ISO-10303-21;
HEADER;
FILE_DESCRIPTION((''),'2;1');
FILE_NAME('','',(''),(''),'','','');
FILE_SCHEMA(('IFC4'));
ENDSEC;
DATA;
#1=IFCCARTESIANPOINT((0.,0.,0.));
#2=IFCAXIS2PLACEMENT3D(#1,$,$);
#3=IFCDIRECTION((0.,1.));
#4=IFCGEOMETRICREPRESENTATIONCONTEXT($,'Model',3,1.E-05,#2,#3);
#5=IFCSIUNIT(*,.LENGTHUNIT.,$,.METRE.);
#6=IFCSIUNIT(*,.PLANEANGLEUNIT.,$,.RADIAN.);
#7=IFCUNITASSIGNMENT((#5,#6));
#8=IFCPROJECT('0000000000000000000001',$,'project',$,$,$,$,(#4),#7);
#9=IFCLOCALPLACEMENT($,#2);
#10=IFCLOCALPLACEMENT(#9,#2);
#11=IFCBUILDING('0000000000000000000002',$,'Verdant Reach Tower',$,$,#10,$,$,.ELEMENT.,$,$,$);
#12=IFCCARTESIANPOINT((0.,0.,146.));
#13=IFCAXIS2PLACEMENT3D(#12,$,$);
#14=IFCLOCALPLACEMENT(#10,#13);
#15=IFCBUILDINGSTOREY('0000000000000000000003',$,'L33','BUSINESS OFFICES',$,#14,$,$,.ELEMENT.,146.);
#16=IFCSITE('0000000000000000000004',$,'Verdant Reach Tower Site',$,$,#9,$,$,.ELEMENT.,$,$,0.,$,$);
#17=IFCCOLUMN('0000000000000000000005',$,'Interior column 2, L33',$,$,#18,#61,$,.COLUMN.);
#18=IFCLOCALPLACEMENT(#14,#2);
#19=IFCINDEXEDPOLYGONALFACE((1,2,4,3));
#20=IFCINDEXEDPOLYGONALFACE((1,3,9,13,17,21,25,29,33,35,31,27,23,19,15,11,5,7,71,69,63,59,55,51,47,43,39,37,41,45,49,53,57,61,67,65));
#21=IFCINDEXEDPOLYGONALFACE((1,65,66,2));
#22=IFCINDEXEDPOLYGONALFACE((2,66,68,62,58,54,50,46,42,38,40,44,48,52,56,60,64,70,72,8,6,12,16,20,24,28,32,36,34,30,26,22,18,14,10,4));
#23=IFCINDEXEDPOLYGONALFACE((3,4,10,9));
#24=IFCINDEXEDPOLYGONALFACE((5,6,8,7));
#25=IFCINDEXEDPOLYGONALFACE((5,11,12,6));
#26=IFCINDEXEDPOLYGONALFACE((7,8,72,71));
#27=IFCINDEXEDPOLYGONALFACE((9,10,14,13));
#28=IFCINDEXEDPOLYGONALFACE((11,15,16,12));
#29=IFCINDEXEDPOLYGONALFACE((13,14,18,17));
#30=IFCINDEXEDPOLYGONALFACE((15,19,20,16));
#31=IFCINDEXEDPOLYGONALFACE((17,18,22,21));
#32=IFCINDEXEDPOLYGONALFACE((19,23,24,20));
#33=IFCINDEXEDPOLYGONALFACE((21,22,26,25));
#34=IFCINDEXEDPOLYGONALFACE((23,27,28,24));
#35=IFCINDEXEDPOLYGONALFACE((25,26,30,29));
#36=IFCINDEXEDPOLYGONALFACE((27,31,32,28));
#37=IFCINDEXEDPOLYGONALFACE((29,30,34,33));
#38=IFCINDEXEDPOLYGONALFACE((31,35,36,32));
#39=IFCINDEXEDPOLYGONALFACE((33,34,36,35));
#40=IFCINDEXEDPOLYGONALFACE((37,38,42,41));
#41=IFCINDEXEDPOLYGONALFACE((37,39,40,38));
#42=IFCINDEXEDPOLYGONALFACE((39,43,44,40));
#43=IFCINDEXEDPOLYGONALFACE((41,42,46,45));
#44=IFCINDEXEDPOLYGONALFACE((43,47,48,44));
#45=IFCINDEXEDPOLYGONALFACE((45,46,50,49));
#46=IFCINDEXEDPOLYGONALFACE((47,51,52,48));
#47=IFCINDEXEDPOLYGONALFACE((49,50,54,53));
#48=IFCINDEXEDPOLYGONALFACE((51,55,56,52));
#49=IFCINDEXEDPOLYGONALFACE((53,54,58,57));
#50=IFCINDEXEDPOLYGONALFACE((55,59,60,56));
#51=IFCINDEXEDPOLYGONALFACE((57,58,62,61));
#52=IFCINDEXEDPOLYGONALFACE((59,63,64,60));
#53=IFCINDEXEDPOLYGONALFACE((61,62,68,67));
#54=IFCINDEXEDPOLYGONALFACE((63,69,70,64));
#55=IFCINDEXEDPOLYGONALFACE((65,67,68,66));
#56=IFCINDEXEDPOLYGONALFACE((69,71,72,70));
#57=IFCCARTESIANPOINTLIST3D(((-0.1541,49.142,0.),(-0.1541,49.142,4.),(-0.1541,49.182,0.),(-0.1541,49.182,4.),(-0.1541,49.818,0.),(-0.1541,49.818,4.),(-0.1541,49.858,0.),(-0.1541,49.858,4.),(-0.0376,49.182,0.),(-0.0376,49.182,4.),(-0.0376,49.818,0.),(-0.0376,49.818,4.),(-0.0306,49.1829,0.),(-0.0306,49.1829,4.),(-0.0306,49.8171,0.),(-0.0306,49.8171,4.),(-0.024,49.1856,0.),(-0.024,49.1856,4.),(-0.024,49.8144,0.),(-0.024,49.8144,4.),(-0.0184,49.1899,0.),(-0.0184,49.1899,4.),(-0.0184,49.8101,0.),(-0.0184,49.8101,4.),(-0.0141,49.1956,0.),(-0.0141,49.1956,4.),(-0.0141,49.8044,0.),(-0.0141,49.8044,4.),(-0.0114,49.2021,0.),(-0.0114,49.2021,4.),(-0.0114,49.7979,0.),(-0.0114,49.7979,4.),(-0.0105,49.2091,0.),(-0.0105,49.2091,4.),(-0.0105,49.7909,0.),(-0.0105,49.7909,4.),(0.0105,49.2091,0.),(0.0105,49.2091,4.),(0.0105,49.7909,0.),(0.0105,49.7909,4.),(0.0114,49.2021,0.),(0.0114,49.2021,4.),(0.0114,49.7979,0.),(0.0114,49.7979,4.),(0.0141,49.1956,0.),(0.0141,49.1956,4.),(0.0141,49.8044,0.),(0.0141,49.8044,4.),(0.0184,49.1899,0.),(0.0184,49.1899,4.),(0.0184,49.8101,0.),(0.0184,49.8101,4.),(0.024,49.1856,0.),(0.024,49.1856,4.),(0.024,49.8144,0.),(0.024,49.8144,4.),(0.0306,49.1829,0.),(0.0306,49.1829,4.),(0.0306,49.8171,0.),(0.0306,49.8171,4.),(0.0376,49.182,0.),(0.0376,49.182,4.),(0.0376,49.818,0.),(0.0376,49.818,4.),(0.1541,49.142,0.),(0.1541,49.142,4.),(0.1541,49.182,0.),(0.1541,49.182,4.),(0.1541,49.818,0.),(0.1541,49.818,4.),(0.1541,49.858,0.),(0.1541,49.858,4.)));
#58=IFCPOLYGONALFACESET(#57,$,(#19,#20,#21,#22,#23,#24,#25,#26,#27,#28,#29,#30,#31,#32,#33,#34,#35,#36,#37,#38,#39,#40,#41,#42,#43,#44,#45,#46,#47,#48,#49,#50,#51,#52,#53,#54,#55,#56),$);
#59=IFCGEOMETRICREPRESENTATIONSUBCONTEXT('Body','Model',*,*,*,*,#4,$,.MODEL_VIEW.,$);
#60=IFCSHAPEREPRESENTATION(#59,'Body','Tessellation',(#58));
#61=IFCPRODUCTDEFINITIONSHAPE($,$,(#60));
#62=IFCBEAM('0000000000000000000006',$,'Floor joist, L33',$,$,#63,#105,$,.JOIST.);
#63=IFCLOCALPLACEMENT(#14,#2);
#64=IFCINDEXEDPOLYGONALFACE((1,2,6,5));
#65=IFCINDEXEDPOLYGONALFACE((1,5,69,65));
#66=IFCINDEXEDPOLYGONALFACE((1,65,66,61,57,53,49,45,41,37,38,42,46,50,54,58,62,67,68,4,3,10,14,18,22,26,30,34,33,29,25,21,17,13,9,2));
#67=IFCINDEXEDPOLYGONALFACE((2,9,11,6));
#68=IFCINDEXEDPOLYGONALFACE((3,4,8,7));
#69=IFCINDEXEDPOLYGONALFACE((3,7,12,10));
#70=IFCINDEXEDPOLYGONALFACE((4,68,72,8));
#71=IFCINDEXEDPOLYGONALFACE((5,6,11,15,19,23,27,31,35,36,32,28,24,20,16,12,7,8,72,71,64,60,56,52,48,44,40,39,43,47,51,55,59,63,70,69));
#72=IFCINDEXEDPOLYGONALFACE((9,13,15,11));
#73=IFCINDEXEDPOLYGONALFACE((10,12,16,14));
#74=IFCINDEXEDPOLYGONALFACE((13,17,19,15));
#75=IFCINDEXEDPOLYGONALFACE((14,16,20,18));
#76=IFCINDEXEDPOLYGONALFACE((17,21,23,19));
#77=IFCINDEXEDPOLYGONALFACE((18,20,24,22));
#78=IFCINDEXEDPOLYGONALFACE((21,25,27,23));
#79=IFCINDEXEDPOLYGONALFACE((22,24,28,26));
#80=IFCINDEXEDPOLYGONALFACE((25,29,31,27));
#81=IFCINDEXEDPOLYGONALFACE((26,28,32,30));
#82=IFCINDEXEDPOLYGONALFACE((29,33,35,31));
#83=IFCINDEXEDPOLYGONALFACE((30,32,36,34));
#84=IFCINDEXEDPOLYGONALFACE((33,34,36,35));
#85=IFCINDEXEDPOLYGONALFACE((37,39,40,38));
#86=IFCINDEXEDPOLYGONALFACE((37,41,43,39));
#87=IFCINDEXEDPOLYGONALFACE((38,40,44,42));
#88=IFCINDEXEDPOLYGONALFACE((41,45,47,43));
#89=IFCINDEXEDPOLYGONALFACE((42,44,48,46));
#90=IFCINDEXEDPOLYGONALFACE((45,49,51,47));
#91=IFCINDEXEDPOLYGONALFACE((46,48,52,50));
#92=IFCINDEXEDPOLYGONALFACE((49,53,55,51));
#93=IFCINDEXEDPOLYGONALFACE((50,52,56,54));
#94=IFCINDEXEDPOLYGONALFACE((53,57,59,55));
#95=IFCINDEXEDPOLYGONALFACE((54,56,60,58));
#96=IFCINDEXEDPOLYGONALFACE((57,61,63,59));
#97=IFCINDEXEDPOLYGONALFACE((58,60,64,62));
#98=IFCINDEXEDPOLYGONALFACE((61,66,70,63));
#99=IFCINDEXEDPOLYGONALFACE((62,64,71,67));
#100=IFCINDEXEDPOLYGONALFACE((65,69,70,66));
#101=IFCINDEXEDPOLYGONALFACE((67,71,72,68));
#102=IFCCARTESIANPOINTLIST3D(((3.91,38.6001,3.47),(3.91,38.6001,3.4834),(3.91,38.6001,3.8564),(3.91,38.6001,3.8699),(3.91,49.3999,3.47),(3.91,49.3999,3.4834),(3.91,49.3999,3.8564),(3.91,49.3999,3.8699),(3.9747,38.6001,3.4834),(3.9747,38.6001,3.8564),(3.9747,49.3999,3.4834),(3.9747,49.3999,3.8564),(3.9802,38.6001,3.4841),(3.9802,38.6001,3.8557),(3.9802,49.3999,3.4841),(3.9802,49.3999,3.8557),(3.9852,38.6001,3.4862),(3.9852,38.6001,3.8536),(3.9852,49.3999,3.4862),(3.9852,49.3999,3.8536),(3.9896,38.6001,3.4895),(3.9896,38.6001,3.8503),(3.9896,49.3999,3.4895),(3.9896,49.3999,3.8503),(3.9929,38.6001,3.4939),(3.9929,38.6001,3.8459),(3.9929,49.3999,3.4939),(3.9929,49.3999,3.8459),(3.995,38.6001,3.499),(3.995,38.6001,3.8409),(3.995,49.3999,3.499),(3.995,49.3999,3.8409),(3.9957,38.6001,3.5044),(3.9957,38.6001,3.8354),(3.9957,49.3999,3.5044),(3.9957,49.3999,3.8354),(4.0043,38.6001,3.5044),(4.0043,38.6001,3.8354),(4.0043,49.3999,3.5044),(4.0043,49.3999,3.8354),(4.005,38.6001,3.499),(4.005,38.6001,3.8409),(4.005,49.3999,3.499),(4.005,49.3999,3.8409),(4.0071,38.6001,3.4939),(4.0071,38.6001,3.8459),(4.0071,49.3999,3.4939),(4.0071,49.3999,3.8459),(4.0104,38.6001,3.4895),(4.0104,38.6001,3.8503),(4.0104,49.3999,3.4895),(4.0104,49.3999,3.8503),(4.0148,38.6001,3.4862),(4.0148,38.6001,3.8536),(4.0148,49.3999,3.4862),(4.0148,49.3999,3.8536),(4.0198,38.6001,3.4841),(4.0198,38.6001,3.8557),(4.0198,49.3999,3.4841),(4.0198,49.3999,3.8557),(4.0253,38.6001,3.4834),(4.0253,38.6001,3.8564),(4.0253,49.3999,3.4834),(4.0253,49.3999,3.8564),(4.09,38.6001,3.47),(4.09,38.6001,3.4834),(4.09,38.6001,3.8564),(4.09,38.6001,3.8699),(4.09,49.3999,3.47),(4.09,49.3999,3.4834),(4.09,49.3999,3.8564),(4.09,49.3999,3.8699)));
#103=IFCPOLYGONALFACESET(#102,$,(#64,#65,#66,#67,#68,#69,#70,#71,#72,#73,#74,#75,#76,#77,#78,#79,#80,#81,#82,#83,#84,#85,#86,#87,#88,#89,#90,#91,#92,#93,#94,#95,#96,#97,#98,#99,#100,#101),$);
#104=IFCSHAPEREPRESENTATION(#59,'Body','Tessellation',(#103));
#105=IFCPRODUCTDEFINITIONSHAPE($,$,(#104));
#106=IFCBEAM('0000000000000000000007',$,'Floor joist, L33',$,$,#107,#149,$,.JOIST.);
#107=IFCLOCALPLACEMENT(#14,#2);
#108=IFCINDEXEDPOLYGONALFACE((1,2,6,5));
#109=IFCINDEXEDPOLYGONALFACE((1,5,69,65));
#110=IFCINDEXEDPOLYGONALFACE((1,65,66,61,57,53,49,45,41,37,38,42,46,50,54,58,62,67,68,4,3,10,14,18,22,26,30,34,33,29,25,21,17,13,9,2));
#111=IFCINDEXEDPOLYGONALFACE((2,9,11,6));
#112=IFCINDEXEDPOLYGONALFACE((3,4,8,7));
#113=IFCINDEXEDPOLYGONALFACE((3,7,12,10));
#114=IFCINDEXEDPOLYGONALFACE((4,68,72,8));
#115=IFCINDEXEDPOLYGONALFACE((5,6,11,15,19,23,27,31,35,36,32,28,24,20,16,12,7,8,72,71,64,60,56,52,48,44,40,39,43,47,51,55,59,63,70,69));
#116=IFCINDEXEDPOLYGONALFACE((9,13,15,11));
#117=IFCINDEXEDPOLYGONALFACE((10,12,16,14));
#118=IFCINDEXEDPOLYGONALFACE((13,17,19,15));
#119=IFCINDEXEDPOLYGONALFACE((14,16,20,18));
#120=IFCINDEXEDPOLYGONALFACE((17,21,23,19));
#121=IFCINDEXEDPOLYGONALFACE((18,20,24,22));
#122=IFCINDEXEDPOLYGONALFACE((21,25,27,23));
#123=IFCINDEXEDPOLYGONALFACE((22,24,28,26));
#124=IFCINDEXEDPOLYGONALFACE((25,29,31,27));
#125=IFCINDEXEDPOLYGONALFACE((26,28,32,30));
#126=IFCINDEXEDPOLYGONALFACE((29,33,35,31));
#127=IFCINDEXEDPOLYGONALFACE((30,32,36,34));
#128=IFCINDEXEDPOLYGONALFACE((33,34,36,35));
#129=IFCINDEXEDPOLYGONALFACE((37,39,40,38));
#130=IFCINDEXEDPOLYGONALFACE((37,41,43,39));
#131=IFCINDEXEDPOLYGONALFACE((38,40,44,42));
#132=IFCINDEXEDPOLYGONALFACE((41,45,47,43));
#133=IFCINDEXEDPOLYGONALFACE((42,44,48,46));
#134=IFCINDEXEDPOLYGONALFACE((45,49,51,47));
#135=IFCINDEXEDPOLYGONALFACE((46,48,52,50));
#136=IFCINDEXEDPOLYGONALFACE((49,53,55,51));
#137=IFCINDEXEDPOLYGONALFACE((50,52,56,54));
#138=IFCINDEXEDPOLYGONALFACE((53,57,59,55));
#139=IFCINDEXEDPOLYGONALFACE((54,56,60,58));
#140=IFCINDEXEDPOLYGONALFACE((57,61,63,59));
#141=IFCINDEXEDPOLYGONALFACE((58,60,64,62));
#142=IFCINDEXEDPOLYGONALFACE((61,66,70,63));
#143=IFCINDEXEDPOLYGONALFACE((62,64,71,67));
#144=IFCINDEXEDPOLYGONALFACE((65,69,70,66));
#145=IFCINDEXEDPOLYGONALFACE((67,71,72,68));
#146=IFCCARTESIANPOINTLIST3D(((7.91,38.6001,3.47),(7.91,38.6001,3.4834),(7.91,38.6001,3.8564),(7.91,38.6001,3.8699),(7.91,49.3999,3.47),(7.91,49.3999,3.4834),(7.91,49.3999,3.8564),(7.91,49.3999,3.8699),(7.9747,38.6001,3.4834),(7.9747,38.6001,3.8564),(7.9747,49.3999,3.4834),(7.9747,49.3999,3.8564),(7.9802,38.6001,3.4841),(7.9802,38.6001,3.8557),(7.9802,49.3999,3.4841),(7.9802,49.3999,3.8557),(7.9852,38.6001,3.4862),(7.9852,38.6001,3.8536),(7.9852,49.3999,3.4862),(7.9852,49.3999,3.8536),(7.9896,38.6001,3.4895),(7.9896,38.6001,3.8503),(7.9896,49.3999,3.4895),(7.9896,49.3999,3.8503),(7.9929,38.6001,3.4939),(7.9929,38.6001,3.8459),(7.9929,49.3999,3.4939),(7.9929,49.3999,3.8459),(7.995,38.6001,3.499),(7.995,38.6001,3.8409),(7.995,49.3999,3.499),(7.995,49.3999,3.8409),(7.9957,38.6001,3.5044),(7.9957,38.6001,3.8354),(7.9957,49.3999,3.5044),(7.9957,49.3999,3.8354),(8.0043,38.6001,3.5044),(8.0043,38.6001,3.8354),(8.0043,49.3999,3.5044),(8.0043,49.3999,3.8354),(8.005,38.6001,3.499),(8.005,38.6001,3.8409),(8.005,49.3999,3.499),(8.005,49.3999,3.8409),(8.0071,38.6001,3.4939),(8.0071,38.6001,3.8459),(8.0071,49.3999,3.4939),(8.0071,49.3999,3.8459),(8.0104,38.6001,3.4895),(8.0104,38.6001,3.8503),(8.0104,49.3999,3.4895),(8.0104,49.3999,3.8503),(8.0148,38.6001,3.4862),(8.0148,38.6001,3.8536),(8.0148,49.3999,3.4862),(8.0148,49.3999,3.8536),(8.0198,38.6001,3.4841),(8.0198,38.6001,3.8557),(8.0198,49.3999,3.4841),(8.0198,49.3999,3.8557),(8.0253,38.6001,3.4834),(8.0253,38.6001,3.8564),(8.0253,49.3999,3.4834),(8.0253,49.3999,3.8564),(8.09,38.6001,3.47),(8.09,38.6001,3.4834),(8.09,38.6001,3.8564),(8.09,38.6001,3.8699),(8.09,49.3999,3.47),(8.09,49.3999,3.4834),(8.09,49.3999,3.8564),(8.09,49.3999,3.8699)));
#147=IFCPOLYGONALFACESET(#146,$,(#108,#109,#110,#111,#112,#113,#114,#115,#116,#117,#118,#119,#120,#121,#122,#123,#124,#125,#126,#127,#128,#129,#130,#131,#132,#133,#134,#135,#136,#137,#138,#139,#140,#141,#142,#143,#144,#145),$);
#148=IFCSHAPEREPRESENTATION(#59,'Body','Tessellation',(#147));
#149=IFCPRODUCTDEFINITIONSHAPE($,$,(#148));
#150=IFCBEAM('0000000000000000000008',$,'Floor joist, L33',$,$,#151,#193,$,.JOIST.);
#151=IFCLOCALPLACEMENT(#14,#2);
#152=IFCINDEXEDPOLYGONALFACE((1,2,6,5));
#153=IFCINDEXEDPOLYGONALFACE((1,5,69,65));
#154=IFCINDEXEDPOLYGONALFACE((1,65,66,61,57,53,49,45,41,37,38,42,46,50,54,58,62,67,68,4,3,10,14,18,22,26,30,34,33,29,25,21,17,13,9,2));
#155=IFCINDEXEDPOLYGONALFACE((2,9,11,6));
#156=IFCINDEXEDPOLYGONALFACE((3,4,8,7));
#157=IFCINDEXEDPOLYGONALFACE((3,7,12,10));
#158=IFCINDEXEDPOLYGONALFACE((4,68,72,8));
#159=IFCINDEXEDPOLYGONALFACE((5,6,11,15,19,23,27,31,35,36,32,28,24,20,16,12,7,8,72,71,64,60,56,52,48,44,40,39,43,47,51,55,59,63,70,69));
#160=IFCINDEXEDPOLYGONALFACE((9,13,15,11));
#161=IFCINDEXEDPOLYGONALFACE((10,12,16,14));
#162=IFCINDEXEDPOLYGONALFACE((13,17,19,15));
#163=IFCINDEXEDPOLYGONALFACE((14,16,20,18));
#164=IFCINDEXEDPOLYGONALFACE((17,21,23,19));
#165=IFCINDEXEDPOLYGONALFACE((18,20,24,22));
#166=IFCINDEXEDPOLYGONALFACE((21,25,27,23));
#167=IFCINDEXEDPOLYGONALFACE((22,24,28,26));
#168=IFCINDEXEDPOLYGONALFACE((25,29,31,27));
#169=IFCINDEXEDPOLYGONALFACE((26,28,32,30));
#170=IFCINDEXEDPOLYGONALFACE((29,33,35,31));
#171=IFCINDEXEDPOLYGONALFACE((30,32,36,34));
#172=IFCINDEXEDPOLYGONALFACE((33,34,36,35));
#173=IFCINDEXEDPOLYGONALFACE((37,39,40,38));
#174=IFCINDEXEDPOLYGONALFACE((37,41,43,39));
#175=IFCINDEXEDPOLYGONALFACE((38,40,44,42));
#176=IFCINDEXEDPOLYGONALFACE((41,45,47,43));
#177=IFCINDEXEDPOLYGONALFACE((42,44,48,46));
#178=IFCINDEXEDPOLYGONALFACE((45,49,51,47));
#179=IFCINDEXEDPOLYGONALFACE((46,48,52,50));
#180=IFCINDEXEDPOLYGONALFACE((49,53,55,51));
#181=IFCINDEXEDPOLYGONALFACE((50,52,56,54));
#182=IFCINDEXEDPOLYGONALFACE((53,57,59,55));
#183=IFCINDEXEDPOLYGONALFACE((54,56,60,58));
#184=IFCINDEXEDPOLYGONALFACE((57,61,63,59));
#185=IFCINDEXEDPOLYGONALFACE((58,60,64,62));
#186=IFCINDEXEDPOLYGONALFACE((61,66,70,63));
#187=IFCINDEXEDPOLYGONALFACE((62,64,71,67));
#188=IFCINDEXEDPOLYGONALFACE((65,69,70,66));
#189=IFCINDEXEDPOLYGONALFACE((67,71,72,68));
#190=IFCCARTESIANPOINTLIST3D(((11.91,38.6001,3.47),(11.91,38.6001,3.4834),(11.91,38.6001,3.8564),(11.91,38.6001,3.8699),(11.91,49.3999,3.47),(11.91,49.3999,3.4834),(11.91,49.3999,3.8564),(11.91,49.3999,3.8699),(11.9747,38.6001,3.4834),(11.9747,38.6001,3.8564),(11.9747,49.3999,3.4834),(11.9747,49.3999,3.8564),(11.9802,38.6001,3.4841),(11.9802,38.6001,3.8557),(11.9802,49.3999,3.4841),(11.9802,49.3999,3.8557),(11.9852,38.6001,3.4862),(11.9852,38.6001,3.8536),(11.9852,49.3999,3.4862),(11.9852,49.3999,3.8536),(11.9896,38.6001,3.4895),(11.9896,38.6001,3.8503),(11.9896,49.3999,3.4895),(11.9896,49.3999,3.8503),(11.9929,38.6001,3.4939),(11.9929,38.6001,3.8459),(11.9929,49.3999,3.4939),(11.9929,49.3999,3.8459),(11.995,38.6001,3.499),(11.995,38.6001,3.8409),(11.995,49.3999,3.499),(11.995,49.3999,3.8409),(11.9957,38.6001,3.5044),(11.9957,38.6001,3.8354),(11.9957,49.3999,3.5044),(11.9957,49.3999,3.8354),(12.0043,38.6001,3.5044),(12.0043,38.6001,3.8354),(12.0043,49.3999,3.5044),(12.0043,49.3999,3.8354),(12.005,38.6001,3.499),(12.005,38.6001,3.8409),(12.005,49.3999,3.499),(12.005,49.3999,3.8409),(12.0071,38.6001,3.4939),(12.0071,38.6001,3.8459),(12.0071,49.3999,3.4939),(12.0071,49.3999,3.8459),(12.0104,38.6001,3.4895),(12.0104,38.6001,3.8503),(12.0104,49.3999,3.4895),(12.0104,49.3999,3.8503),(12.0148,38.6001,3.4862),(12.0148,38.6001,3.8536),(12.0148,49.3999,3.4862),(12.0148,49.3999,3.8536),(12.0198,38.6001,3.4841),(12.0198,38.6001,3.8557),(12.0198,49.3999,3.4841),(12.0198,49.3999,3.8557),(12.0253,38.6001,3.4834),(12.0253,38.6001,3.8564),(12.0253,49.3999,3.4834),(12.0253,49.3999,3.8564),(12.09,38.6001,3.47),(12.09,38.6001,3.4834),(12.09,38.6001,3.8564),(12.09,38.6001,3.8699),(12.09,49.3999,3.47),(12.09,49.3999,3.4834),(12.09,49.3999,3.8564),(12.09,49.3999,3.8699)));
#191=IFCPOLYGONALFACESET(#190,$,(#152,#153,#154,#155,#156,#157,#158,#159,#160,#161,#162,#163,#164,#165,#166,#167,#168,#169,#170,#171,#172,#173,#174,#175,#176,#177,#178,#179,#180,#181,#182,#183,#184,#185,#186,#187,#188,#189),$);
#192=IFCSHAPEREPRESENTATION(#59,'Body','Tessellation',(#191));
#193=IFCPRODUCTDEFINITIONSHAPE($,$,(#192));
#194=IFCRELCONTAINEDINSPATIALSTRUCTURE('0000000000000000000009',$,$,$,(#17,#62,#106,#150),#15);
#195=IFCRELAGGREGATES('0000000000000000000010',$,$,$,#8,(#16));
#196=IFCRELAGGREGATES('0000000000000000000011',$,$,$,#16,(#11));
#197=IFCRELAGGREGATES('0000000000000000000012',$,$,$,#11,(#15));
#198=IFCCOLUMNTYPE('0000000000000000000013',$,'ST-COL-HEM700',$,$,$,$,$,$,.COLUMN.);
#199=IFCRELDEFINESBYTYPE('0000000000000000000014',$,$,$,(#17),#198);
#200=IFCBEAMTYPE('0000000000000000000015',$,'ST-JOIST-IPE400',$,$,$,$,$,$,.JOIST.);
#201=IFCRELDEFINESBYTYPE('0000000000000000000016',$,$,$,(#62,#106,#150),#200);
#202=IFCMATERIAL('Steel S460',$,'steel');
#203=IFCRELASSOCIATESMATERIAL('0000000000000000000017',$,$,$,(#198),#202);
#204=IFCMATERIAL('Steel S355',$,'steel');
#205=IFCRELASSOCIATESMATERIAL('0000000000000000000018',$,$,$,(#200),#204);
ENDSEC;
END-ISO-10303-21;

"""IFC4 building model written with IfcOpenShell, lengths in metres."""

from ifc_helpers import new_model, si_unit, direction, frame, origin, origin_2d, place, context, subcontext, project, spatial, i_section, extrude, material, material_profile, profile_set, type_object, element, save


model = new_model("IFC4")

# Units and contexts
model_context = context("Model", 3, precision=1e-05, world=origin(), true_north=direction((0.0, 1.0)))
body_context = subcontext(model_context, "Body", "Model", "MODEL_VIEW")
ifc_project = project(units=[si_unit("LENGTHUNIT", "METRE"), si_unit("PLANEANGLEUNIT", "RADIAN")], contexts=[model_context])

# Site, building, storey
site_placement = place(None, origin())
site = spatial("IfcSite", under=ifc_project, at=site_placement, Name="Verdant Reach Tower Site", CompositionType="ELEMENT", RefElevation=0.0)
building_placement = place(site_placement, origin())
building = spatial("IfcBuilding", under=site, at=building_placement, Name="Verdant Reach Tower", CompositionType="ELEMENT")
storey_placement = place(building_placement, frame((0.0, 0.0, 146.0)))
storey = spatial("IfcBuildingStorey", under=building, at=storey_placement, Name="L33", Description="BUSINESS OFFICES", CompositionType="ELEMENT", Elevation=146.0)

# Column
ifc_material_1 = material(Name="Steel S460", Category="steel")
ifc_material_profile_1 = material_profile(ifc_material_1, i_section(OverallWidth=0.3081, OverallDepth=0.7161, WebThickness=0.021, FlangeThickness=0.04, FilletRadius=0.0271, at=origin_2d()), Name="HEM 700")
ifc_profile_set_1 = profile_set([ifc_material_profile_1], Name="Steel S460")
column_type = type_object("IfcColumnType", Name="ST-COL-HEM700", PredefinedType="COLUMN", material=ifc_profile_set_1)
column_placement = place(storey_placement, frame((0.0, 49.5, 0.0), z_axis=(0.0, 0.0, 1.0), x_axis=(1.0, 0.0, 0.0)))
element("IfcColumn", 1, at=column_placement, inside=storey, type_object=column_type, Name="Interior column 2, L33", PredefinedType="COLUMN", context=body_context, shape_type="SweptSolid", body=[
    extrude(i_section(OverallWidth=0.3081, OverallDepth=0.7161, WebThickness=0.021, FlangeThickness=0.04, FilletRadius=0.0271, at=origin_2d()), origin(), (0.0, 0.0, 1.0), 4.0),
])

# Beams
ifc_material_2 = material(Name="Steel S355", Category="steel")
ifc_material_profile_2 = material_profile(ifc_material_2, i_section(OverallWidth=0.1799, OverallDepth=0.3999, WebThickness=0.0085, FlangeThickness=0.0134, FilletRadius=0.021, at=origin_2d()), Name="IPE 400")
ifc_profile_set_2 = profile_set([ifc_material_profile_2], Name="Steel S355")
beam_type = type_object("IfcBeamType", Name="ST-JOIST-IPE400", PredefinedType="JOIST", material=ifc_profile_set_2)
for number, where, z_axis, x_axis, name in (
    (2, (4.0, 38.6001, 3.6699), (0.0, 1.0, 0.0), (-1.0, 0.0, 0.0), "Floor joist, L33"),
    (3, (8.0, 38.6001, 3.6699), (0.0, 1.0, 0.0), (-1.0, 0.0, 0.0), "Floor joist, L33"),
    (4, (12.0, 38.6001, 3.6699), (0.0, 1.0, 0.0), (-1.0, 0.0, 0.0), "Floor joist, L33"),
):
    element("IfcBeam", number, at=place(storey_placement, frame(where, z_axis=z_axis, x_axis=x_axis)), inside=storey, type_object=beam_type, Name=name, PredefinedType="JOIST", context=body_context, shape_type="SweptSolid", body=[
        extrude(i_section(OverallWidth=0.1799, OverallDepth=0.3999, WebThickness=0.0085, FlangeThickness=0.0134, FilletRadius=0.021, at=origin_2d()), origin(), (0.0, 0.0, 1.0), 10.7998),
    ])

save(model, "model.ifc")
